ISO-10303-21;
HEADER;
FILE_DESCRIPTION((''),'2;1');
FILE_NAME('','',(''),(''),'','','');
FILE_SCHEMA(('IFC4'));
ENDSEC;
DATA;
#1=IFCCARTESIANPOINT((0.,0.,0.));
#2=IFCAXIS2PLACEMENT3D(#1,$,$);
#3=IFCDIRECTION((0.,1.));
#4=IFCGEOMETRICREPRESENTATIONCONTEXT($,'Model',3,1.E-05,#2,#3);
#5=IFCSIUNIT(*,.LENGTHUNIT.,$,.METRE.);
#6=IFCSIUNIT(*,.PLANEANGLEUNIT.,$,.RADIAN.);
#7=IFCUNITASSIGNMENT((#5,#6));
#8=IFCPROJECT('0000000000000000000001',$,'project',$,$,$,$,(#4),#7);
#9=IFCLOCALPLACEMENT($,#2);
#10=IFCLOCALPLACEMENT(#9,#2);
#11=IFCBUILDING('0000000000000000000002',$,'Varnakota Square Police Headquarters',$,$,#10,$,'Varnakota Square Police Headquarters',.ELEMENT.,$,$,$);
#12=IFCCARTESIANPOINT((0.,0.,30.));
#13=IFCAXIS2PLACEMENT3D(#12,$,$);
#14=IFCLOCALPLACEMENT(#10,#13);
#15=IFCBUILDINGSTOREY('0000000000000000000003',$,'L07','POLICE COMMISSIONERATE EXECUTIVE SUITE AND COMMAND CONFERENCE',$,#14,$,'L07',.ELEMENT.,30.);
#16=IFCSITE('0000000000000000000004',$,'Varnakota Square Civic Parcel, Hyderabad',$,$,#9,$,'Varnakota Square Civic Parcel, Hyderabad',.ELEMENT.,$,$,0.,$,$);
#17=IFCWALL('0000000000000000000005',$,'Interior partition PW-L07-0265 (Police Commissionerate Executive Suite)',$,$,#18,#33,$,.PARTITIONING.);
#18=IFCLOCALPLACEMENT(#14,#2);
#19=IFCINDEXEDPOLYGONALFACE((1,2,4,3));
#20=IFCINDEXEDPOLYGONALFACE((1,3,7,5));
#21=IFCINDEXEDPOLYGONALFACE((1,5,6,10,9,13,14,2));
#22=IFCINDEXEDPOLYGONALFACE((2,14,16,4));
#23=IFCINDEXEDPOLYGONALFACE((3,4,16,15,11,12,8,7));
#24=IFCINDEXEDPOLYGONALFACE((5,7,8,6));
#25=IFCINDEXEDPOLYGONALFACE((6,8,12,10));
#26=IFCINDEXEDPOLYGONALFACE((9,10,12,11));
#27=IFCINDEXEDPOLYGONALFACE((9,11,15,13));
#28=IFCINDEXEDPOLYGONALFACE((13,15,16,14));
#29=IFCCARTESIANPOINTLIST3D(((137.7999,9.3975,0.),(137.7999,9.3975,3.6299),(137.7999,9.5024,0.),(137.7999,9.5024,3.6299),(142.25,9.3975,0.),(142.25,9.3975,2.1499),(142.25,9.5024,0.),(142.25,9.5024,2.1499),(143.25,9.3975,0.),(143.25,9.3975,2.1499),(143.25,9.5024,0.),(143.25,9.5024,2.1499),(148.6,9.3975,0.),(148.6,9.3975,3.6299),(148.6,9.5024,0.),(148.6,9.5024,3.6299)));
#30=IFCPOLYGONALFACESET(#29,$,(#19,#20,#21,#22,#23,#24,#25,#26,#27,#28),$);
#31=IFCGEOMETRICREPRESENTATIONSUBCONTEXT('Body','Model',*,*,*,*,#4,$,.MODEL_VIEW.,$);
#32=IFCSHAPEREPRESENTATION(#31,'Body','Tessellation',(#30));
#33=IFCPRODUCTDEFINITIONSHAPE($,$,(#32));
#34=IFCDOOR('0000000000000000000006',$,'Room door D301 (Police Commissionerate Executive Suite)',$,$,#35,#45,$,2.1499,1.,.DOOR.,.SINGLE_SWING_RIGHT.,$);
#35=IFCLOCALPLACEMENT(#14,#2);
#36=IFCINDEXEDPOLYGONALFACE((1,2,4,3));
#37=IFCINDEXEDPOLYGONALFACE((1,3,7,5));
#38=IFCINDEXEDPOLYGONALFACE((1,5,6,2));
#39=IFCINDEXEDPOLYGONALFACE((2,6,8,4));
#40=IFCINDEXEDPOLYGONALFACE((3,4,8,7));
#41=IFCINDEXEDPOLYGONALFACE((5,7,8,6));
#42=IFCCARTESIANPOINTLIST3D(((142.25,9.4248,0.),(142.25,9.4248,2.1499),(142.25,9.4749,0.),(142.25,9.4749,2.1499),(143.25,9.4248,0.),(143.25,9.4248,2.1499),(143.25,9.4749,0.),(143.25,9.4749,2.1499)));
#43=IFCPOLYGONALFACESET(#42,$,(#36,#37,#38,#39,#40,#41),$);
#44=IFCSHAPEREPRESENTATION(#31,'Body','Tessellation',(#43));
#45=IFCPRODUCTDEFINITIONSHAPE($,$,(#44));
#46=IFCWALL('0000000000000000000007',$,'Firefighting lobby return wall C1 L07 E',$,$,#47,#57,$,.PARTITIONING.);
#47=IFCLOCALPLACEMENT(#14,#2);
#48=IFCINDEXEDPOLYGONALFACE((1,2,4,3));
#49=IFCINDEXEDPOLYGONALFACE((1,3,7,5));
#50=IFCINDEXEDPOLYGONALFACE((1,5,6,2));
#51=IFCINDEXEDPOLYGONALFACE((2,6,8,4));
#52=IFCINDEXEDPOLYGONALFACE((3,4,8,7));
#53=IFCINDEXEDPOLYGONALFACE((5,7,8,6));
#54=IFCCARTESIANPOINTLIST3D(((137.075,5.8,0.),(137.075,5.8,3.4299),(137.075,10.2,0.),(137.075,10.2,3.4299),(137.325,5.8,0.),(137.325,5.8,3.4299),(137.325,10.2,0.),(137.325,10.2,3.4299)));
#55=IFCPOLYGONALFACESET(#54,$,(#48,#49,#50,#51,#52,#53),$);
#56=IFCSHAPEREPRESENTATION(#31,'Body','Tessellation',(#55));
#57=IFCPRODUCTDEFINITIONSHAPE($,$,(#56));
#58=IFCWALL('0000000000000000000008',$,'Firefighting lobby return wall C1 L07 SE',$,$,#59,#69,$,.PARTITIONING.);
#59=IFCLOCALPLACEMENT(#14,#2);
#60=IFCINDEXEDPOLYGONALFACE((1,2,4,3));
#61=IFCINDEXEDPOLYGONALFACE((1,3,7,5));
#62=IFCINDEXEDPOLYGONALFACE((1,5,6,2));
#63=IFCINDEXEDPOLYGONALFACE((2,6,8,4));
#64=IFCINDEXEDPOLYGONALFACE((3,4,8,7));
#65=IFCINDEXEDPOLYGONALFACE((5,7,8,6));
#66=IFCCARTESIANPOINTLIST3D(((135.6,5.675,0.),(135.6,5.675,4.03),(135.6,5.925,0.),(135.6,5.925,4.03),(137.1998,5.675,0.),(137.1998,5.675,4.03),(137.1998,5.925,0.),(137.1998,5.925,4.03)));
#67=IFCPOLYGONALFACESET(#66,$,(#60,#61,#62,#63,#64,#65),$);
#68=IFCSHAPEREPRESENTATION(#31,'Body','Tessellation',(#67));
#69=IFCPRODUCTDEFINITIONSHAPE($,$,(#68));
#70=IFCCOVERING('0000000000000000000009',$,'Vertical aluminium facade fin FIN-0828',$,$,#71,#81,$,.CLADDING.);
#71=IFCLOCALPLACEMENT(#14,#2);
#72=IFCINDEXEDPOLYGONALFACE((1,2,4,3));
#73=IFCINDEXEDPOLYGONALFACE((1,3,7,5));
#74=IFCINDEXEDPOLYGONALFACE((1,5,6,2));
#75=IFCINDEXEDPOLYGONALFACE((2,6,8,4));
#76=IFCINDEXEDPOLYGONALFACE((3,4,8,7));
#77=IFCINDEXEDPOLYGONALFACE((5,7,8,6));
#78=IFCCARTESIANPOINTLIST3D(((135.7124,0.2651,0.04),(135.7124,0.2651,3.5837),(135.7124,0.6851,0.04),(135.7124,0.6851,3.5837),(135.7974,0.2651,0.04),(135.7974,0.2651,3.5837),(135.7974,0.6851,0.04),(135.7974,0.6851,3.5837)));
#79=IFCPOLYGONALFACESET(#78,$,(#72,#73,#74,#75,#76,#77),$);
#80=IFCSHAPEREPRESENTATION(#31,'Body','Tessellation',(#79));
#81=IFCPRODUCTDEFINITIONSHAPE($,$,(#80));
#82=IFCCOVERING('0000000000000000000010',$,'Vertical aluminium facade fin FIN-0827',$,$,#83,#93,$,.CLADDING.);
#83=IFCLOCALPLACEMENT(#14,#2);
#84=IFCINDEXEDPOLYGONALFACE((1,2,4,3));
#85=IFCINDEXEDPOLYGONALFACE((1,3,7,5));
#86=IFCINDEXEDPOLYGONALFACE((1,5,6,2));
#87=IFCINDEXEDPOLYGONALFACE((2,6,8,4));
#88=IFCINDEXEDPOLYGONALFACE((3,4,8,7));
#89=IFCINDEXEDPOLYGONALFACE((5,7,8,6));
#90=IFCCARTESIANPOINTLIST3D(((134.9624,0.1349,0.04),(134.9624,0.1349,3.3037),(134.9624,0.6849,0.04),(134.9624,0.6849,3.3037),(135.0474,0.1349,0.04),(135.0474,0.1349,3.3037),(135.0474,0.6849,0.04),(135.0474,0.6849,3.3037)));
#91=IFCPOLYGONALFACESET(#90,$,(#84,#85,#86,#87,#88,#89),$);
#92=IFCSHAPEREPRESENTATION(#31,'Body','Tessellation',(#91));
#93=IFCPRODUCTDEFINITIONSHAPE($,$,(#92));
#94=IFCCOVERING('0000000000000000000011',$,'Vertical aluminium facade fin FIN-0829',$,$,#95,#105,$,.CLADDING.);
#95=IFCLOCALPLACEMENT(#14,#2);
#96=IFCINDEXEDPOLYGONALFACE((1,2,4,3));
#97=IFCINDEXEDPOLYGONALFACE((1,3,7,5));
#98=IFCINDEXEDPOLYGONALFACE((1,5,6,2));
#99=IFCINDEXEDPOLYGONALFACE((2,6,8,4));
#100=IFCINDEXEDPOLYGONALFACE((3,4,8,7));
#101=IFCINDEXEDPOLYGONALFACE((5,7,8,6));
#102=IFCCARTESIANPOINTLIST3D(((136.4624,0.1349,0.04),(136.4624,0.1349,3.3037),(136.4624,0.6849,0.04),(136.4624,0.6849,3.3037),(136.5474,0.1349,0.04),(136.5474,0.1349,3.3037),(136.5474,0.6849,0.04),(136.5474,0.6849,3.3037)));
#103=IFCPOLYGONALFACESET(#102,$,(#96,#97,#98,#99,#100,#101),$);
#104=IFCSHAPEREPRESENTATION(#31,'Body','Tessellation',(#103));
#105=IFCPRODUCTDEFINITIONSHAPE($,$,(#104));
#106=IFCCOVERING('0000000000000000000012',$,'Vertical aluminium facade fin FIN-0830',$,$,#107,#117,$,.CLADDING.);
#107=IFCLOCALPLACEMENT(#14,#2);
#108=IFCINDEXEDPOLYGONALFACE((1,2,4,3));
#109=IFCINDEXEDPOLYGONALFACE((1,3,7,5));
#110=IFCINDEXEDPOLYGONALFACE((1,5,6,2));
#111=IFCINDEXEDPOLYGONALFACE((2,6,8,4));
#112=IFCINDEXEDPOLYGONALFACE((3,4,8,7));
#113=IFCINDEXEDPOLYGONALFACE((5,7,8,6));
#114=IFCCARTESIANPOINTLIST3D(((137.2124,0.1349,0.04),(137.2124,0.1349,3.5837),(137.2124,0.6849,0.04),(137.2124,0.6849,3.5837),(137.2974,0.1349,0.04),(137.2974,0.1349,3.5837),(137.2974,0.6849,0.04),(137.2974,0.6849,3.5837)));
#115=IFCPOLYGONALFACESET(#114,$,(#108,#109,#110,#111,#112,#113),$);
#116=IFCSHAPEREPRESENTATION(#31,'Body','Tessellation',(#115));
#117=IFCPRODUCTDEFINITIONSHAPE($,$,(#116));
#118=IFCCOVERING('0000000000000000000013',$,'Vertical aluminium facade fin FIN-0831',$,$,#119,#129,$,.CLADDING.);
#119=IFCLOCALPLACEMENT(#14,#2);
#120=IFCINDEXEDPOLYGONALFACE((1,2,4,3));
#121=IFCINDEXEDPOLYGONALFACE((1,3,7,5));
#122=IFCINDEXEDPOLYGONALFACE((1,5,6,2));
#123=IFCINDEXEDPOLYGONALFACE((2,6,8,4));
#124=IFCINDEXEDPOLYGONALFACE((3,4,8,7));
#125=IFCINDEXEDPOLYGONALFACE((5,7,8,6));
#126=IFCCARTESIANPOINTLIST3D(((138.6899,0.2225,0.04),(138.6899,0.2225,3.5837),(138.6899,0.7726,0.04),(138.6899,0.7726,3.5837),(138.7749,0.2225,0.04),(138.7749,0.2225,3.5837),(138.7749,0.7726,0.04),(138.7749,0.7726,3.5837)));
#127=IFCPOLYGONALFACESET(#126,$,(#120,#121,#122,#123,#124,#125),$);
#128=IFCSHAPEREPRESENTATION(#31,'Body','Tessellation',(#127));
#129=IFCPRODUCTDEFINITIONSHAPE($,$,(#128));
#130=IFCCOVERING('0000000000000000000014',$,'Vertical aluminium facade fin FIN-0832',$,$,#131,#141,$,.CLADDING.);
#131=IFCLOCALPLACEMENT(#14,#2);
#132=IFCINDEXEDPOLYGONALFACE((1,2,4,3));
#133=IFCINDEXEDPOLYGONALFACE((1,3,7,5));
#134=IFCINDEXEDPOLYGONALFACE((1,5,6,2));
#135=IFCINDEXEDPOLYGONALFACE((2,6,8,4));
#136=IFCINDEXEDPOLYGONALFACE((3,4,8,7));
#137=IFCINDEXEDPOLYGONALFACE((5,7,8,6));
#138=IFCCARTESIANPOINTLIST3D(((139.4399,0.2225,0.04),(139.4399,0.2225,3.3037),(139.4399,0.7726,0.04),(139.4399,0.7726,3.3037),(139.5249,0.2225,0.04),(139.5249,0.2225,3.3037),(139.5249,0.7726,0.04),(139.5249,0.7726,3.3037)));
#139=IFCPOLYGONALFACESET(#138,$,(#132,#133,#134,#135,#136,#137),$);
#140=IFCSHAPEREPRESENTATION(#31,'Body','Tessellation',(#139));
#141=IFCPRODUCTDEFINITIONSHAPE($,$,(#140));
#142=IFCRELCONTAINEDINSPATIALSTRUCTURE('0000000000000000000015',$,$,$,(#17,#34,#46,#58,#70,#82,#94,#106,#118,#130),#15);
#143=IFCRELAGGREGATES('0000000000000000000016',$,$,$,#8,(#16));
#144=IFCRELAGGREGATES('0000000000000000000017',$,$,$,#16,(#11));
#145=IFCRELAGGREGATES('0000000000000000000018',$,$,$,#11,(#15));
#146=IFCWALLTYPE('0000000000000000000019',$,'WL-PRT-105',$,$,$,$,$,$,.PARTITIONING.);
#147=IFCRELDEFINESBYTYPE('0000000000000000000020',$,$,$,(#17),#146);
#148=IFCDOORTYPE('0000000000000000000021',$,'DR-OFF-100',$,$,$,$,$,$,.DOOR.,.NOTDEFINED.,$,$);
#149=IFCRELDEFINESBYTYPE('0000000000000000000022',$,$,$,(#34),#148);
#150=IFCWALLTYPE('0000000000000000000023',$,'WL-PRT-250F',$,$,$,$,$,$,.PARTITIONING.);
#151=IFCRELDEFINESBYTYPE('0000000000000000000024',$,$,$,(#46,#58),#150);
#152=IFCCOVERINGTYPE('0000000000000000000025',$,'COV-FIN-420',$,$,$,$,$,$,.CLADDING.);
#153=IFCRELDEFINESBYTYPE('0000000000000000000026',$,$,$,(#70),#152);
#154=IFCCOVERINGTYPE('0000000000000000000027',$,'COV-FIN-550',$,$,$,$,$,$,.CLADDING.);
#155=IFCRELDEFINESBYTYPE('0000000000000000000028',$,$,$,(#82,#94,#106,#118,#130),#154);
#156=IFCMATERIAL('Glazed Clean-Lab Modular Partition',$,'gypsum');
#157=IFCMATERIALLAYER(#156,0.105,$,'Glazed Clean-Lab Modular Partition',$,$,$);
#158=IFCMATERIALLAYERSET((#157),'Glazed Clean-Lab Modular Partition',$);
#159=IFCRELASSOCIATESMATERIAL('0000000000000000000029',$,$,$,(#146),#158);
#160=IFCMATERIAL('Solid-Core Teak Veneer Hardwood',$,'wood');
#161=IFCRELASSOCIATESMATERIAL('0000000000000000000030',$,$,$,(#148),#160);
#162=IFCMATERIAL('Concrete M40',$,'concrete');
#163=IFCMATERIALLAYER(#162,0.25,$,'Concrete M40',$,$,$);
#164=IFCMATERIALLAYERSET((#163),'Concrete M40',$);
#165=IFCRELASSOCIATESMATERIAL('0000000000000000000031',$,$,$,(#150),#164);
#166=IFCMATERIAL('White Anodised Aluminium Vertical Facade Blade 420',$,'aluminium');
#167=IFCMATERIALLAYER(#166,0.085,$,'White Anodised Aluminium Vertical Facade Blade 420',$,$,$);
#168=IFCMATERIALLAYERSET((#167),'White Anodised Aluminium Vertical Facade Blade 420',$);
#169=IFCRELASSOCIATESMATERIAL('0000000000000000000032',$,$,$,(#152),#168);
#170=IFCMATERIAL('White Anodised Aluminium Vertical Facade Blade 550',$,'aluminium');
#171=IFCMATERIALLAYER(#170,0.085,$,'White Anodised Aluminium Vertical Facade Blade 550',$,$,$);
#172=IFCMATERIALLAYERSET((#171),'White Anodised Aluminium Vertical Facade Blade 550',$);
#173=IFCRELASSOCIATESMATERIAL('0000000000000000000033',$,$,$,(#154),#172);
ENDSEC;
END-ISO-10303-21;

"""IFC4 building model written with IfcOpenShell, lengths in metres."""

from ifc_helpers import new_model, si_unit, direction, frame, frame_2d, origin, origin_2d, place, context, subcontext, project, spatial, rectangle, extrude, material, layer, layer_set, type_object, element, fill, save


model = new_model("IFC4")

# Units and contexts
model_context = context("Model", 3, precision=1e-05, world=origin(), true_north=direction((0.0, 1.0)))
body_context = subcontext(model_context, "Body", "Model", "MODEL_VIEW")
ifc_project = project(units=[si_unit("LENGTHUNIT", "METRE"), si_unit("PLANEANGLEUNIT", "RADIAN")], contexts=[model_context])

# Site, building, storey
site_placement = place(None, origin())
site = spatial("IfcSite", under=ifc_project, at=site_placement, Name="Varnakota Square Civic Parcel, Hyderabad", LongName="Varnakota Square Civic Parcel, Hyderabad", CompositionType="ELEMENT", RefElevation=0.0)
building_placement = place(site_placement, origin())
building = spatial("IfcBuilding", under=site, at=building_placement, Name="Varnakota Square Police Headquarters", LongName="Varnakota Square Police Headquarters", CompositionType="ELEMENT")
storey_placement = place(building_placement, frame((0.0, 0.0, 30.0)))
storey = spatial("IfcBuildingStorey", under=building, at=storey_placement, Name="L07", Description="POLICE COMMISSIONERATE EXECUTIVE SUITE AND COMMAND CONFERENCE", LongName="L07", CompositionType="ELEMENT", Elevation=30.0)

# Shared definitions
ifc_material_1 = material(Name="Concrete M40", Category="concrete")

# Wall, opening, door
ifc_material_2 = material(Name="Glazed Clean-Lab Modular Partition", Category="gypsum")
ifc_layer_1 = layer(ifc_material_2, 0.105, Name="Glazed Clean-Lab Modular Partition")
ifc_layer_set_1 = layer_set([ifc_layer_1], Name="Glazed Clean-Lab Modular Partition")
wall_type_1 = type_object("IfcWallType", Name="WL-PRT-105", PredefinedType="PARTITIONING", material=ifc_layer_set_1)
wall_1_placement = place(storey_placement, frame((137.8, 9.45, 0.0), z_axis=(0.0, 0.0, 1.0), x_axis=(1.0, 0.0, 0.0)))
wall_1 = element("IfcWall", 1, at=wall_1_placement, inside=storey, type_object=wall_type_1, Name="Interior partition PW-L07-0265 (Police Commissionerate Executive Suite)", PredefinedType="PARTITIONING", context=body_context, shape_type="SweptSolid", body=[
    extrude(rectangle(XDim=10.8, YDim=0.105, at=frame_2d((5.3999, 0.0))), origin(), (0.0, 0.0, 1.0), 3.6299),
])
opening_1_placement = place(wall_1_placement, frame((4.45, 0.0, 0.0)))
opening_1 = element("IfcOpeningElement", 2, at=opening_1_placement, cuts=wall_1, PredefinedType="OPENING", context=body_context, shape_type="SweptSolid", body=[
    extrude(rectangle(XDim=1.0, YDim=2.1499, at=frame_2d((0.5, 1.075))), frame((0.0, 0.0625, 0.0), z_axis=(0.0, -1.0, 0.0), x_axis=(1.0, 0.0, 0.0)), (0.0, 0.0, 1.0), 0.125),
])
ifc_material_3 = material(Name="Solid-Core Teak Veneer Hardwood", Category="wood")
door_type_1 = type_object("IfcDoorType", Name="DR-OFF-100", OperationType="NOTDEFINED", PredefinedType="DOOR", material=ifc_material_3)
door_1_placement = place(opening_1_placement, origin())
door_1 = element("IfcDoor", 3, at=door_1_placement, inside=storey, type_object=door_type_1, Name="Room door D301 (Police Commissionerate Executive Suite)", OperationType="SINGLE_SWING_RIGHT", OverallHeight=2.1499, OverallWidth=1.0, PredefinedType="DOOR", context=body_context, shape_type="SweptSolid", body=[
    extrude(rectangle(XDim=1.0, YDim=2.1499, at=frame_2d((0.5, 1.075))), frame((0.0, 0.0249, 0.0), z_axis=(0.0, -1.0, 0.0), x_axis=(1.0, 0.0, 0.0)), (0.0, 0.0, 1.0), 0.05),
])
fill(opening_1, door_1)

# Walls
ifc_layer_2 = layer(ifc_material_1, 0.25, Name="Concrete M40")
ifc_layer_set_2 = layer_set([ifc_layer_2], Name="Concrete M40")
wall_type_2 = type_object("IfcWallType", Name="WL-PRT-250F", PredefinedType="PARTITIONING", material=ifc_layer_set_2)
wall_2_placement = place(storey_placement, frame((137.2, 5.8, 0.0), z_axis=(0.0, 0.0, 1.0), x_axis=(0.0, 1.0, 0.0)))
element("IfcWall", 4, at=wall_2_placement, inside=storey, type_object=wall_type_2, Name="Firefighting lobby return wall C1 L07 E", PredefinedType="PARTITIONING", context=body_context, shape_type="SweptSolid", body=[
    extrude(rectangle(XDim=4.3999, YDim=0.25, at=frame_2d((2.2, 0.0))), origin(), (0.0, 0.0, 1.0), 3.4299),
])
wall_3_placement = place(storey_placement, frame((135.6001, 5.8, 0.0), z_axis=(0.0, 0.0, 1.0), x_axis=(1.0, 0.0, 0.0)))
element("IfcWall", 5, at=wall_3_placement, inside=storey, type_object=wall_type_2, Name="Firefighting lobby return wall C1 L07 SE", PredefinedType="PARTITIONING", context=body_context, shape_type="SweptSolid", body=[
    extrude(rectangle(XDim=1.5999, YDim=0.25, at=frame_2d((0.7998, 0.0))), origin(), (0.0, 0.0, 1.0), 4.03),
])

# Coverings
ifc_material_4 = material(Name="White Anodised Aluminium Vertical Facade Blade 420", Category="aluminium")
ifc_layer_3 = layer(ifc_material_4, 0.085, Name="White Anodised Aluminium Vertical Facade Blade 420")
ifc_layer_set_3 = layer_set([ifc_layer_3], Name="White Anodised Aluminium Vertical Facade Blade 420")
covering_type_1 = type_object("IfcCoveringType", Name="COV-FIN-420", PredefinedType="CLADDING", material=ifc_layer_set_3)
covering_1_placement = place(storey_placement, frame((135.7549, 0.4751, 0.04), z_axis=(0.0, 0.0, 1.0), x_axis=(1.0, 0.0, 0.0)))
element("IfcCovering", 6, at=covering_1_placement, inside=storey, type_object=covering_type_1, Name="Vertical aluminium facade fin FIN-0828", PredefinedType="CLADDING", context=body_context, shape_type="SweptSolid", body=[
    extrude(rectangle(XDim=0.085, YDim=0.4199, at=origin_2d()), origin(), (0.0, 0.0, 1.0), 3.5437),
])
ifc_material_5 = material(Name="White Anodised Aluminium Vertical Facade Blade 550", Category="aluminium")
ifc_layer_4 = layer(ifc_material_5, 0.085, Name="White Anodised Aluminium Vertical Facade Blade 550")
ifc_layer_set_4 = layer_set([ifc_layer_4], Name="White Anodised Aluminium Vertical Facade Blade 550")
covering_type_2 = type_object("IfcCoveringType", Name="COV-FIN-550", PredefinedType="CLADDING", material=ifc_layer_set_4)
for number, where, z_axis, x_axis, name in (
    (7, (135.0049, 0.4099, 0.04), (0.0, 0.0, 1.0), (1.0, 0.0, 0.0), "Vertical aluminium facade fin FIN-0827"),
    (8, (136.5049, 0.4099, 0.04), (0.0, 0.0, 1.0), (1.0, 0.0, 0.0), "Vertical aluminium facade fin FIN-0829"),
):
    element("IfcCovering", number, at=place(storey_placement, frame(where, z_axis=z_axis, x_axis=x_axis)), inside=storey, type_object=covering_type_2, Name=name, PredefinedType="CLADDING", context=body_context, shape_type="SweptSolid", body=[
        extrude(rectangle(XDim=0.085, YDim=0.55, at=origin_2d()), origin(), (0.0, 0.0, 1.0), 3.2637),
    ])
for number, where, z_axis, x_axis, name in (
    (9, (137.2549, 0.4099, 0.04), (0.0, 0.0, 1.0), (1.0, 0.0, 0.0), "Vertical aluminium facade fin FIN-0830"),
    (10, (138.7324, 0.4976, 0.04), (0.0, 0.0, 1.0), (1.0, 0.0, 0.0), "Vertical aluminium facade fin FIN-0831"),
):
    element("IfcCovering", number, at=place(storey_placement, frame(where, z_axis=z_axis, x_axis=x_axis)), inside=storey, type_object=covering_type_2, Name=name, PredefinedType="CLADDING", context=body_context, shape_type="SweptSolid", body=[
        extrude(rectangle(XDim=0.085, YDim=0.55, at=origin_2d()), origin(), (0.0, 0.0, 1.0), 3.5437),
    ])
covering_2_placement = place(storey_placement, frame((139.4824, 0.4976, 0.04), z_axis=(0.0, 0.0, 1.0), x_axis=(1.0, 0.0, 0.0)))
element("IfcCovering", 11, at=covering_2_placement, inside=storey, type_object=covering_type_2, Name="Vertical aluminium facade fin FIN-0832", PredefinedType="CLADDING", context=body_context, shape_type="SweptSolid", body=[
    extrude(rectangle(XDim=0.085, YDim=0.55, at=origin_2d()), origin(), (0.0, 0.0, 1.0), 3.2637),
])

save(model, "model.ifc")
